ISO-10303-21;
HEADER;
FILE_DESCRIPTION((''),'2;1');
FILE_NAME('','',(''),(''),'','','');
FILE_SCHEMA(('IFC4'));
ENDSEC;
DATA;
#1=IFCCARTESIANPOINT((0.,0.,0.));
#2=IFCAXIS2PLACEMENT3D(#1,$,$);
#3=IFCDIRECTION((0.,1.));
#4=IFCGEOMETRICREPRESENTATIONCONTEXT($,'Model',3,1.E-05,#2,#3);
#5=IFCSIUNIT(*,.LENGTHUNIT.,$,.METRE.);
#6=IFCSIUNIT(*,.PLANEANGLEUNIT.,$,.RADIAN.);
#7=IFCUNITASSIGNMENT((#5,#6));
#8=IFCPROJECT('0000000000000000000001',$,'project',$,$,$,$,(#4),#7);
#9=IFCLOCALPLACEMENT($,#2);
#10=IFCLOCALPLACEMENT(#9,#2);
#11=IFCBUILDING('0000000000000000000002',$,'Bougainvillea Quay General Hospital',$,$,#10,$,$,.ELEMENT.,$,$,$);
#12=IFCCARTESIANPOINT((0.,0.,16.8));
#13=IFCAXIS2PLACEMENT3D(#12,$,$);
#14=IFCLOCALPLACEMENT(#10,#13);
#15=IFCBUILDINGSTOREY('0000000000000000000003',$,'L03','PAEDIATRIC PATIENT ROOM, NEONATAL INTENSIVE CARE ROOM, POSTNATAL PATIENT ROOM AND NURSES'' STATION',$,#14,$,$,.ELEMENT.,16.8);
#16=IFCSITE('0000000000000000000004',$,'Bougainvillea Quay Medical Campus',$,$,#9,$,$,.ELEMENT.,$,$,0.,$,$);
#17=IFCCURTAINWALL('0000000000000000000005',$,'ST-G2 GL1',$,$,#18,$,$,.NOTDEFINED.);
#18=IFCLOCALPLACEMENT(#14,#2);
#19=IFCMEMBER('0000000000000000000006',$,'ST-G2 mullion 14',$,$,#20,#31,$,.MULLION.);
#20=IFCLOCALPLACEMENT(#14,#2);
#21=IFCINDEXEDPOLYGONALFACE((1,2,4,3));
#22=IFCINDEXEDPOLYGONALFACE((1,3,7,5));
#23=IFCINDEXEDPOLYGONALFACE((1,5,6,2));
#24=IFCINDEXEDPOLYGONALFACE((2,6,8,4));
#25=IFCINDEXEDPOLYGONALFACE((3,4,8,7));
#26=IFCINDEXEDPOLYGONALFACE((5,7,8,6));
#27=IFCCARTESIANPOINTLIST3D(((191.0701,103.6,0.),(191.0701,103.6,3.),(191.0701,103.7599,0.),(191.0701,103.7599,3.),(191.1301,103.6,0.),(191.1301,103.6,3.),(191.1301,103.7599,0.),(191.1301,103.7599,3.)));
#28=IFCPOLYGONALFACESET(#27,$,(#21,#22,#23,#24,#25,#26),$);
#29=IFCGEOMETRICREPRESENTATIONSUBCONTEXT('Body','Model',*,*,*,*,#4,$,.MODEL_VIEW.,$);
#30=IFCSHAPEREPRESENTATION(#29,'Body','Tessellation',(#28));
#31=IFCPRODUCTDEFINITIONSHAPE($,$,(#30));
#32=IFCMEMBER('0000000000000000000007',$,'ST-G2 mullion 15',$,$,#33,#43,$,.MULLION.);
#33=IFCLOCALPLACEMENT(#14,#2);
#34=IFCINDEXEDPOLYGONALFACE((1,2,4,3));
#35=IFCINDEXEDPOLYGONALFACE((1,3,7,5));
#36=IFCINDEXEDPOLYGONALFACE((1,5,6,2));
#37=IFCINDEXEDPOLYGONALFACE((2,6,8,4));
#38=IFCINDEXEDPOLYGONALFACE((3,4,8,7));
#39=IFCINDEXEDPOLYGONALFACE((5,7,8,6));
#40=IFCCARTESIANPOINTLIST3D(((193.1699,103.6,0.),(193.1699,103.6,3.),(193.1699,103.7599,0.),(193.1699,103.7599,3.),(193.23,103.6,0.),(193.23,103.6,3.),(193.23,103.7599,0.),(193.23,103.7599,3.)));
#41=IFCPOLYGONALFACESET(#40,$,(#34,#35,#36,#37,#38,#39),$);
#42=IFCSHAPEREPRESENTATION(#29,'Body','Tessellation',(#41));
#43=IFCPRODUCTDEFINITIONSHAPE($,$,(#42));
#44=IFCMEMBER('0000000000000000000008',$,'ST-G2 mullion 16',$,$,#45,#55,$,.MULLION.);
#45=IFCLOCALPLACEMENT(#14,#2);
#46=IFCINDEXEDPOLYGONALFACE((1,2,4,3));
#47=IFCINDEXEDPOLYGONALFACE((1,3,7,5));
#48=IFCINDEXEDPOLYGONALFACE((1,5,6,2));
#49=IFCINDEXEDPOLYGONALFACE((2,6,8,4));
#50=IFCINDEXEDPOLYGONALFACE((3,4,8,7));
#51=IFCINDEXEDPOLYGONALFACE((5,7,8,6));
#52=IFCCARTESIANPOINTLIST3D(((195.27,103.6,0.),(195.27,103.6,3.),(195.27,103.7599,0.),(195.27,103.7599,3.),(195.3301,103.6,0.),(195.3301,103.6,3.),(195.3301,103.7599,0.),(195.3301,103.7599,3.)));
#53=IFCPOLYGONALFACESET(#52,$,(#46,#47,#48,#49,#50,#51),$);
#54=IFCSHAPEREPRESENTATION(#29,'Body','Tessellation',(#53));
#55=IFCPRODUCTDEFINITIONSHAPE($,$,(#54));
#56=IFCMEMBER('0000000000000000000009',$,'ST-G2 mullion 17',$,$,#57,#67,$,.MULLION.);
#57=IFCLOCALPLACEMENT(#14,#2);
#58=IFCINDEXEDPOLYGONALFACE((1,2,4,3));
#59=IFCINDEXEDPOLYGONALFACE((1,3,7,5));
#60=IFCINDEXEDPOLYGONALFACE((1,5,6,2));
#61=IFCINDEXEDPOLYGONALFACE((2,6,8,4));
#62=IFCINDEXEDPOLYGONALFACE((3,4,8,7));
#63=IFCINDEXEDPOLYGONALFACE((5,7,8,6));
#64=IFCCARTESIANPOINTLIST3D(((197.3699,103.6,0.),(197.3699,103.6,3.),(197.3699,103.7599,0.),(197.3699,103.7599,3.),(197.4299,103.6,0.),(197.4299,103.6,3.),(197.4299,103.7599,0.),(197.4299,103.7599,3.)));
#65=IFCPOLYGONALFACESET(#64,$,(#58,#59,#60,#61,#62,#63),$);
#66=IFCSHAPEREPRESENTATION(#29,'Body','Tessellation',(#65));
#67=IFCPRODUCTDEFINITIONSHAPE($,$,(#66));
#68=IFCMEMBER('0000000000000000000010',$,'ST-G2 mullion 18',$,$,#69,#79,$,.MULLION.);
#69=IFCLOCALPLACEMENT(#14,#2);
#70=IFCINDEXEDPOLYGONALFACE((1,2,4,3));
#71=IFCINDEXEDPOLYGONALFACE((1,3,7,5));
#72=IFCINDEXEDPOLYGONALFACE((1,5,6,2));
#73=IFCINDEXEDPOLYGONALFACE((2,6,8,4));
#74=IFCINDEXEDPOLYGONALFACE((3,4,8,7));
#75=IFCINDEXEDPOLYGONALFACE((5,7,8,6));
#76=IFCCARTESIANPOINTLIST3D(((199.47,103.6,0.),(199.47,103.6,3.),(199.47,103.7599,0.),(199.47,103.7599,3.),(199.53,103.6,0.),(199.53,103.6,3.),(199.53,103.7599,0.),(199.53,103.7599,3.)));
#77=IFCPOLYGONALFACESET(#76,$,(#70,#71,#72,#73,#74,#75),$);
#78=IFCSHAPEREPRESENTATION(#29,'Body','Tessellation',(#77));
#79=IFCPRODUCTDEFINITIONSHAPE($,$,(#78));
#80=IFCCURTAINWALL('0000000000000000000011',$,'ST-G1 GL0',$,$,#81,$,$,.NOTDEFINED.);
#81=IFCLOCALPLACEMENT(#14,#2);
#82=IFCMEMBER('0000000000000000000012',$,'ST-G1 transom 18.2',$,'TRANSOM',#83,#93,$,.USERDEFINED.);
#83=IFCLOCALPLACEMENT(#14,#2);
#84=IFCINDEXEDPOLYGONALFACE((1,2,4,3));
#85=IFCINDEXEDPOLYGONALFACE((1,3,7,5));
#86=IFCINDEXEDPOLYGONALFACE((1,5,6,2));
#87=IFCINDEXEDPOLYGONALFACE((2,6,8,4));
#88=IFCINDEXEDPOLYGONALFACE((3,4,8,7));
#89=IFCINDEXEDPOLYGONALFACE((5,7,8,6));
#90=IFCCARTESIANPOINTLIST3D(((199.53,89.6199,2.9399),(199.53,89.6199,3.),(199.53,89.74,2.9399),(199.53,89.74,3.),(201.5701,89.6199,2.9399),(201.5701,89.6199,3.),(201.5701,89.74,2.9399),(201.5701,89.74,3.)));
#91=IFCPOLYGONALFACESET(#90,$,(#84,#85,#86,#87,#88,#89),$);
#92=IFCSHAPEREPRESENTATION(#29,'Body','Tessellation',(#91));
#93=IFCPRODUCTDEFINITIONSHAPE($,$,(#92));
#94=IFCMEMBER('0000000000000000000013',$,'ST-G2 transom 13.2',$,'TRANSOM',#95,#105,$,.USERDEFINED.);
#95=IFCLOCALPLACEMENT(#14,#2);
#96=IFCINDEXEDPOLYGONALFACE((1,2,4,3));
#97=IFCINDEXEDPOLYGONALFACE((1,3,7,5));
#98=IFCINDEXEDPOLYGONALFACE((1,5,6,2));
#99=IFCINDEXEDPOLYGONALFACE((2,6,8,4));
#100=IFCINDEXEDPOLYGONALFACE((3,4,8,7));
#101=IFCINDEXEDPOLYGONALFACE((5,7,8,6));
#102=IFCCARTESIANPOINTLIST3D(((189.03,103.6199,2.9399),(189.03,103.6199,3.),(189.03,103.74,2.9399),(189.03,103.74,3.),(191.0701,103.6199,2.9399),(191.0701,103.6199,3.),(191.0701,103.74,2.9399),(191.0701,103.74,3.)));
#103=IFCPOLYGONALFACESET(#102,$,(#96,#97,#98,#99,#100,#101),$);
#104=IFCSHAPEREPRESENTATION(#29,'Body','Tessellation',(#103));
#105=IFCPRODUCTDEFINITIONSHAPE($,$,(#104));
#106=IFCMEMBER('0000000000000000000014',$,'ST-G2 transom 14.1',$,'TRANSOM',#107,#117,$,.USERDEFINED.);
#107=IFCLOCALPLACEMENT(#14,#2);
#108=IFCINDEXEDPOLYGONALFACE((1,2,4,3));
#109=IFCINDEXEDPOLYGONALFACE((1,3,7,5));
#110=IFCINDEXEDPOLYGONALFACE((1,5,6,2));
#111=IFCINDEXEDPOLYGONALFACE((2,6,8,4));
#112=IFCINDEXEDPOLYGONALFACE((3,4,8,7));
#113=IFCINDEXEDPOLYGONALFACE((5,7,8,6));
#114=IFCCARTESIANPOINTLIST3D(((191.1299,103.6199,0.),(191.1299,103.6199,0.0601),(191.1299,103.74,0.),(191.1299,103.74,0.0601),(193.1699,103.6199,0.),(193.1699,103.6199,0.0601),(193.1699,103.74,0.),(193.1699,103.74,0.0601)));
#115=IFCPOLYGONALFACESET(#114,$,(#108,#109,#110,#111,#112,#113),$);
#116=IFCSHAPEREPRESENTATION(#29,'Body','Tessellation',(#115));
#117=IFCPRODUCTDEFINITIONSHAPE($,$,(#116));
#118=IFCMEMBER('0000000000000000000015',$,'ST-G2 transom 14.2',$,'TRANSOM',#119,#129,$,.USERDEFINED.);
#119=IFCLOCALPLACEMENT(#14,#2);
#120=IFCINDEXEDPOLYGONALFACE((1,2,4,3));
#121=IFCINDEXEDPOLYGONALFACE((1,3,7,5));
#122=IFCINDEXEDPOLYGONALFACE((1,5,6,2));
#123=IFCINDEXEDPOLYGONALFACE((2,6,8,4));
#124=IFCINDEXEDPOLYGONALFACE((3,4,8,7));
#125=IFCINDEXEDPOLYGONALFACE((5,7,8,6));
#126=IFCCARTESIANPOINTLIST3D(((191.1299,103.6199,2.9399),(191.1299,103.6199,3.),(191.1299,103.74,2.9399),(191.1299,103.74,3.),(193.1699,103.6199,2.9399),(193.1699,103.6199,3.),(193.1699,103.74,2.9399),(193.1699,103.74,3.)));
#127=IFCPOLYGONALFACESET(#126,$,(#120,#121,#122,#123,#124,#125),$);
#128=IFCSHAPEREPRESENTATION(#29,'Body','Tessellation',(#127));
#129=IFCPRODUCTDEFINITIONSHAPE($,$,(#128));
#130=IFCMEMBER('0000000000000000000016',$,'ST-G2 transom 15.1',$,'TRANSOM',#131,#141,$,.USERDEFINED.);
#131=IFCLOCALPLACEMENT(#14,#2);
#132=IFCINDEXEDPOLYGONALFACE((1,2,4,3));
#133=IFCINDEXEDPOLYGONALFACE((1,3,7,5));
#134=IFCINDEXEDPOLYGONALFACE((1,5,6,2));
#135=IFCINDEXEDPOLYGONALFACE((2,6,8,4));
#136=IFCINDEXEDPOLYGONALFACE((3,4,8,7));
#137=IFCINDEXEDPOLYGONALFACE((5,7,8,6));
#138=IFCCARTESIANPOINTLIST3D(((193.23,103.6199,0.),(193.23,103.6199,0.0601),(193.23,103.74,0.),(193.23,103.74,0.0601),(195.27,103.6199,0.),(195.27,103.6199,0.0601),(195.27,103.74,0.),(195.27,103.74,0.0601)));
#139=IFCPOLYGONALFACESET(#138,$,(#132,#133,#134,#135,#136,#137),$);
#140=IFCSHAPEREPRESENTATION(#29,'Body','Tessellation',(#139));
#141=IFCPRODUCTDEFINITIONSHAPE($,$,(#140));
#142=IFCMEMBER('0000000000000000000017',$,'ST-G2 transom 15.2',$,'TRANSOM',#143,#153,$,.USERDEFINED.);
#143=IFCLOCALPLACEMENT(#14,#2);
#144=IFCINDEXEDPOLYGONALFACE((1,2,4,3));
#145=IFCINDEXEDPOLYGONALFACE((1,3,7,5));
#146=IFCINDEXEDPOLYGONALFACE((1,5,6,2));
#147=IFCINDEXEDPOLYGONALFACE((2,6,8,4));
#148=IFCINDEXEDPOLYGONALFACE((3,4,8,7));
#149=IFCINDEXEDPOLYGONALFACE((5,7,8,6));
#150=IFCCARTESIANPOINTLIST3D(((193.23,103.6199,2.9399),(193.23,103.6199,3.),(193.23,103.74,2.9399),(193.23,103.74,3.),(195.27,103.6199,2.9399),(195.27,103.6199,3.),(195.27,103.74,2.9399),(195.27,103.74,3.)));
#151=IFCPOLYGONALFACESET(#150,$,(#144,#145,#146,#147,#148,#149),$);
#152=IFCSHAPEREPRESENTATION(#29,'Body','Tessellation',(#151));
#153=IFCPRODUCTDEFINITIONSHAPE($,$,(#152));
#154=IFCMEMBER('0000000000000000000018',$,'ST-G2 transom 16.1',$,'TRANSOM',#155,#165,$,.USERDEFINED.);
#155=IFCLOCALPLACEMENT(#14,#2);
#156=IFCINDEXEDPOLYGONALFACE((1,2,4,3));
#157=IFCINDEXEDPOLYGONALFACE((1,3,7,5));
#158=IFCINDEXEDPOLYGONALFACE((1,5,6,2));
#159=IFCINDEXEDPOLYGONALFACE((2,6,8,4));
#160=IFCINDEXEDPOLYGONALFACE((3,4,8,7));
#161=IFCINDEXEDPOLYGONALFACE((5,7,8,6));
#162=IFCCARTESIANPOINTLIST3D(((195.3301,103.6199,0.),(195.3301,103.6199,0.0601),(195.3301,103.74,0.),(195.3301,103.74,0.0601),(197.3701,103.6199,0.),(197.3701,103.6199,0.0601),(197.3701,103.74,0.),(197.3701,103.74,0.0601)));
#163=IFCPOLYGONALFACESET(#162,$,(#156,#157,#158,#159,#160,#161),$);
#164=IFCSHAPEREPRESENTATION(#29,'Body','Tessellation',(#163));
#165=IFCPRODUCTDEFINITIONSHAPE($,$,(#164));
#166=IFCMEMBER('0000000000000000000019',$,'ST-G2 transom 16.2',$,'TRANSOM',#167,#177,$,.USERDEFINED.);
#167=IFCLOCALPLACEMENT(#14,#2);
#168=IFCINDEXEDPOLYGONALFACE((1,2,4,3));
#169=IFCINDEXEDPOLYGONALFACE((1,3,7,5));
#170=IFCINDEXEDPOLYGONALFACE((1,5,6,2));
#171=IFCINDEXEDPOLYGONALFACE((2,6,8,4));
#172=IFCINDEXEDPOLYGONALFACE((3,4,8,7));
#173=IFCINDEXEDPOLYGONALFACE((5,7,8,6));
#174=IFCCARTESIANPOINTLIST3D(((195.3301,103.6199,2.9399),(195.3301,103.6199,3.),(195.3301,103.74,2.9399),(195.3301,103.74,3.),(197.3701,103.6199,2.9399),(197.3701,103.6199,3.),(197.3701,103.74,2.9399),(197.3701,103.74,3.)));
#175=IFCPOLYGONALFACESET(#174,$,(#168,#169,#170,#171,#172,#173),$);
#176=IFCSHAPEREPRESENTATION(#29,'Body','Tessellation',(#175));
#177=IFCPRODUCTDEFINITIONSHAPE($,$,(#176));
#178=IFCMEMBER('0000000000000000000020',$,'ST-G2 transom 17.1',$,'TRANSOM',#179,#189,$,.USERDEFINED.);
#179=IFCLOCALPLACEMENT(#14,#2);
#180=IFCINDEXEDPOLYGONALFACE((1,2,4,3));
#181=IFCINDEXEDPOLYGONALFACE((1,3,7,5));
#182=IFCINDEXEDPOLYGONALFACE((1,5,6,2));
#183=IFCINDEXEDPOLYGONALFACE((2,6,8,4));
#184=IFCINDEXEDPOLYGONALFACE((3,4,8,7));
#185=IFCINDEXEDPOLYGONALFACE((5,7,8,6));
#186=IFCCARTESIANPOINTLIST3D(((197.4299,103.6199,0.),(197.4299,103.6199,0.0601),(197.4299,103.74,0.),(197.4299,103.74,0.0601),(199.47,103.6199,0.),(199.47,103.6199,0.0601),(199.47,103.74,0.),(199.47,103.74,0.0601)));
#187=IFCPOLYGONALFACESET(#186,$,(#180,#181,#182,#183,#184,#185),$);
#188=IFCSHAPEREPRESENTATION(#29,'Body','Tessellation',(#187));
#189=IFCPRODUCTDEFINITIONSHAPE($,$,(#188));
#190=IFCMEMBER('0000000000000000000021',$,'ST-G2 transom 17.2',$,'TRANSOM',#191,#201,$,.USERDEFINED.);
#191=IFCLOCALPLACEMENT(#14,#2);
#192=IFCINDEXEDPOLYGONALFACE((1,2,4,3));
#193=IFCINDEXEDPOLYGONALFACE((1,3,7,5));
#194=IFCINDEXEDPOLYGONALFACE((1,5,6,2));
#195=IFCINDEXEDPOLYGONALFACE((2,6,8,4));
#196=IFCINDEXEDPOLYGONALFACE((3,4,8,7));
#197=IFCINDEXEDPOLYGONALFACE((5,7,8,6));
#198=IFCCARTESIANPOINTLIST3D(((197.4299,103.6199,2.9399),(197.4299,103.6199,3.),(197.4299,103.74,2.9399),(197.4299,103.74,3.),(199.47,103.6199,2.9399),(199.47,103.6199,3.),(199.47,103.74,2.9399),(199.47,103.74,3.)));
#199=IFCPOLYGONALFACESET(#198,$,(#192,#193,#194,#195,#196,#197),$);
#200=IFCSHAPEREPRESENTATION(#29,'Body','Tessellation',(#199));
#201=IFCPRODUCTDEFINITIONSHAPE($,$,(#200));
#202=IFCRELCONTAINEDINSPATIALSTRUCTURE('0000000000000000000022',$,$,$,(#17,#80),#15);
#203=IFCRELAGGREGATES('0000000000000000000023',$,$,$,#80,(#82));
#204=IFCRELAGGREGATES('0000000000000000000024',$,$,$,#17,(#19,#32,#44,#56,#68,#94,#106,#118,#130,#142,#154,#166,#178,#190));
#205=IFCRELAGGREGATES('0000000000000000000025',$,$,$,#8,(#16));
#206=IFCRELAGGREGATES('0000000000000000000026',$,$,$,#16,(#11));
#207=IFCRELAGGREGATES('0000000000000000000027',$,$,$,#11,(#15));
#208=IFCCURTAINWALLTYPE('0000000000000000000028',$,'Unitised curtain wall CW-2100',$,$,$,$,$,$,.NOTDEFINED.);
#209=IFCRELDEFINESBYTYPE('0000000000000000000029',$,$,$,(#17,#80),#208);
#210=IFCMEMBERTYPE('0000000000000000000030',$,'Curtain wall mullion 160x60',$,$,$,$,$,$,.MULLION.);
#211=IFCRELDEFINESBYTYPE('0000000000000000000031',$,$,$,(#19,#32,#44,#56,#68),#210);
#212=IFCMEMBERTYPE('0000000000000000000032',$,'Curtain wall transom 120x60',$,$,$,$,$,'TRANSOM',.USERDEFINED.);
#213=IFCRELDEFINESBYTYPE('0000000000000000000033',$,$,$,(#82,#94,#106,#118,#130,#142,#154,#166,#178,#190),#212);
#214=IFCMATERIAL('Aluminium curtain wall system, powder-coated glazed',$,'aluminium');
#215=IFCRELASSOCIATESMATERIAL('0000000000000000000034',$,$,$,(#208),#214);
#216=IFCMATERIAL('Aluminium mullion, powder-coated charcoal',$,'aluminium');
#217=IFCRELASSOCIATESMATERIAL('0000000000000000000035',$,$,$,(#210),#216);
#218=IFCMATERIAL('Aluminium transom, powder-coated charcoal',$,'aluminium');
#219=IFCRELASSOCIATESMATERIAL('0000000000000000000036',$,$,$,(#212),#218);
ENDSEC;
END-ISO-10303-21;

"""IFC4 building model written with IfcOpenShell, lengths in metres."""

from ifc_helpers import new_model, si_unit, direction, frame, origin, origin_2d, place, context, subcontext, project, spatial, rectangle, extrude, material, material_profile, profile_set, type_object, element, aggregate, save


model = new_model("IFC4")

# Units and contexts
model_context = context("Model", 3, precision=1e-05, world=origin(), true_north=direction((0.0, 1.0)))
body_context = subcontext(model_context, "Body", "Model", "MODEL_VIEW")
ifc_project = project(units=[si_unit("LENGTHUNIT", "METRE"), si_unit("PLANEANGLEUNIT", "RADIAN")], contexts=[model_context])

# Site, building, storey
site_placement = place(None, origin())
site = spatial("IfcSite", under=ifc_project, at=site_placement, Name="Bougainvillea Quay Medical Campus", CompositionType="ELEMENT", RefElevation=0.0)
building_placement = place(site_placement, origin())
building = spatial("IfcBuilding", under=site, at=building_placement, Name="Bougainvillea Quay General Hospital", CompositionType="ELEMENT")
storey_placement = place(building_placement, frame((0.0, 0.0, 16.8)))
storey = spatial("IfcBuildingStorey", under=building, at=storey_placement, Name="L03", Description="PAEDIATRIC PATIENT ROOM, NEONATAL INTENSIVE CARE ROOM, POSTNATAL PATIENT ROOM AND NURSES' STATION", CompositionType="ELEMENT", Elevation=16.8)

# Curtain wall, members
ifc_material_1 = material(Name="Aluminium curtain wall system, powder-coated glazed", Category="aluminium")
curtain_wall_type = type_object("IfcCurtainWallType", Name="Unitised curtain wall CW-2100", PredefinedType="NOTDEFINED", material=ifc_material_1)
curtain_wall_1_placement = place(storey_placement, origin())
curtain_wall_1 = element("IfcCurtainWall", 1, at=curtain_wall_1_placement, inside=storey, type_object=curtain_wall_type, Name="ST-G2 GL1", PredefinedType="NOTDEFINED")
ifc_material_2 = material(Name="Aluminium mullion, powder-coated charcoal", Category="aluminium")
ifc_material_profile_1 = material_profile(ifc_material_2, rectangle(XDim=0.1599, YDim=0.0601, at=origin_2d()))
ifc_profile_set_1 = profile_set([ifc_material_profile_1], Name="Aluminium mullion, powder-coated charcoal")
member_type_1 = type_object("IfcMemberType", Name="Curtain wall mullion 160x60", PredefinedType="MULLION", material=ifc_profile_set_1)
member_1_placement = place(storey_placement, frame((191.1001, 103.6799, 0.0), z_axis=(0.0, 0.0, 1.0), x_axis=(0.0, 1.0, 0.0)))
member_1 = element("IfcMember", 2, at=member_1_placement, type_object=member_type_1, Name="ST-G2 mullion 14", PredefinedType="MULLION", context=body_context, shape_type="SweptSolid", body=[
    extrude(rectangle(XDim=0.1599, YDim=0.0601, at=origin_2d()), origin(), (0.0, 0.0, 1.0), 3.0),
])
member_2_placement = place(storey_placement, frame((193.2, 103.6799, 0.0), z_axis=(0.0, 0.0, 1.0), x_axis=(0.0, 1.0, 0.0)))
member_2 = element("IfcMember", 3, at=member_2_placement, type_object=member_type_1, Name="ST-G2 mullion 15", PredefinedType="MULLION", context=body_context, shape_type="SweptSolid", body=[
    extrude(rectangle(XDim=0.1599, YDim=0.0601, at=origin_2d()), origin(), (0.0, 0.0, 1.0), 3.0),
])
member_3_placement = place(storey_placement, frame((195.3, 103.6799, 0.0), z_axis=(0.0, 0.0, 1.0), x_axis=(0.0, 1.0, 0.0)))
member_3 = element("IfcMember", 4, at=member_3_placement, type_object=member_type_1, Name="ST-G2 mullion 16", PredefinedType="MULLION", context=body_context, shape_type="SweptSolid", body=[
    extrude(rectangle(XDim=0.1599, YDim=0.0601, at=origin_2d()), origin(), (0.0, 0.0, 1.0), 3.0),
])
member_4_placement = place(storey_placement, frame((197.3999, 103.6799, 0.0), z_axis=(0.0, 0.0, 1.0), x_axis=(0.0, 1.0, 0.0)))
member_4 = element("IfcMember", 5, at=member_4_placement, type_object=member_type_1, Name="ST-G2 mullion 17", PredefinedType="MULLION", context=body_context, shape_type="SweptSolid", body=[
    extrude(rectangle(XDim=0.1599, YDim=0.0601, at=origin_2d()), origin(), (0.0, 0.0, 1.0), 3.0),
])
member_5_placement = place(storey_placement, frame((199.5, 103.6799, 0.0), z_axis=(0.0, 0.0, 1.0), x_axis=(0.0, 1.0, 0.0)))
member_5 = element("IfcMember", 6, at=member_5_placement, type_object=member_type_1, Name="ST-G2 mullion 18", PredefinedType="MULLION", context=body_context, shape_type="SweptSolid", body=[
    extrude(rectangle(XDim=0.1599, YDim=0.0601, at=origin_2d()), origin(), (0.0, 0.0, 1.0), 3.0),
])

# Curtain wall, member
curtain_wall_2_placement = place(storey_placement, origin())
curtain_wall_2 = element("IfcCurtainWall", 7, at=curtain_wall_2_placement, inside=storey, type_object=curtain_wall_type, Name="ST-G1 GL0", PredefinedType="NOTDEFINED")
ifc_material_3 = material(Name="Aluminium transom, powder-coated charcoal", Category="aluminium")
ifc_material_profile_2 = material_profile(ifc_material_3, rectangle(XDim=0.1201, YDim=0.0601, at=origin_2d()))
ifc_profile_set_2 = profile_set([ifc_material_profile_2], Name="Aluminium transom, powder-coated charcoal")
member_type_2 = type_object("IfcMemberType", Name="Curtain wall transom 120x60", ElementType="TRANSOM", PredefinedType="USERDEFINED", material=ifc_profile_set_2)
member_6_placement = place(storey_placement, frame((199.53, 89.6799, 2.97), z_axis=(1.0, 0.0, 0.0), x_axis=(0.0, 1.0, 0.0)))
member_6 = element("IfcMember", 8, at=member_6_placement, type_object=member_type_2, Name="ST-G1 transom 18.2", ObjectType="TRANSOM", PredefinedType="USERDEFINED", context=body_context, shape_type="SweptSolid", body=[
    extrude(rectangle(XDim=0.1201, YDim=0.0601, at=origin_2d()), origin(), (0.0, 0.0, 1.0), 2.04),
])
aggregate(curtain_wall_2, [member_6])

# Members
member_7_placement = place(storey_placement, frame((189.03, 103.6799, 2.97), z_axis=(1.0, 0.0, 0.0), x_axis=(0.0, 1.0, 0.0)))
member_7 = element("IfcMember", 9, at=member_7_placement, type_object=member_type_2, Name="ST-G2 transom 13.2", ObjectType="TRANSOM", PredefinedType="USERDEFINED", context=body_context, shape_type="SweptSolid", body=[
    extrude(rectangle(XDim=0.1201, YDim=0.0601, at=origin_2d()), origin(), (0.0, 0.0, 1.0), 2.04),
])
member_8_placement = place(storey_placement, frame((191.1299, 103.6799, 0.03), z_axis=(1.0, 0.0, 0.0), x_axis=(0.0, 1.0, 0.0)))
member_8 = element("IfcMember", 10, at=member_8_placement, type_object=member_type_2, Name="ST-G2 transom 14.1", ObjectType="TRANSOM", PredefinedType="USERDEFINED", context=body_context, shape_type="SweptSolid", body=[
    extrude(rectangle(XDim=0.1201, YDim=0.0601, at=origin_2d()), origin(), (0.0, 0.0, 1.0), 2.04),
])
member_9_placement = place(storey_placement, frame((191.1299, 103.6799, 2.97), z_axis=(1.0, 0.0, 0.0), x_axis=(0.0, 1.0, 0.0)))
member_9 = element("IfcMember", 11, at=member_9_placement, type_object=member_type_2, Name="ST-G2 transom 14.2", ObjectType="TRANSOM", PredefinedType="USERDEFINED", context=body_context, shape_type="SweptSolid", body=[
    extrude(rectangle(XDim=0.1201, YDim=0.0601, at=origin_2d()), origin(), (0.0, 0.0, 1.0), 2.04),
])
member_10_placement = place(storey_placement, frame((193.23, 103.6799, 0.03), z_axis=(1.0, 0.0, 0.0), x_axis=(0.0, 1.0, 0.0)))
member_10 = element("IfcMember", 12, at=member_10_placement, type_object=member_type_2, Name="ST-G2 transom 15.1", ObjectType="TRANSOM", PredefinedType="USERDEFINED", context=body_context, shape_type="SweptSolid", body=[
    extrude(rectangle(XDim=0.1201, YDim=0.0601, at=origin_2d()), origin(), (0.0, 0.0, 1.0), 2.04),
])
member_11_placement = place(storey_placement, frame((193.23, 103.6799, 2.97), z_axis=(1.0, 0.0, 0.0), x_axis=(0.0, 1.0, 0.0)))
member_11 = element("IfcMember", 13, at=member_11_placement, type_object=member_type_2, Name="ST-G2 transom 15.2", ObjectType="TRANSOM", PredefinedType="USERDEFINED", context=body_context, shape_type="SweptSolid", body=[
    extrude(rectangle(XDim=0.1201, YDim=0.0601, at=origin_2d()), origin(), (0.0, 0.0, 1.0), 2.04),
])
member_12_placement = place(storey_placement, frame((195.3301, 103.6799, 0.03), z_axis=(1.0, 0.0, 0.0), x_axis=(0.0, 1.0, 0.0)))
member_12 = element("IfcMember", 14, at=member_12_placement, type_object=member_type_2, Name="ST-G2 transom 16.1", ObjectType="TRANSOM", PredefinedType="USERDEFINED", context=body_context, shape_type="SweptSolid", body=[
    extrude(rectangle(XDim=0.1201, YDim=0.0601, at=origin_2d()), origin(), (0.0, 0.0, 1.0), 2.04),
])
member_13_placement = place(storey_placement, frame((195.3301, 103.6799, 2.97), z_axis=(1.0, 0.0, 0.0), x_axis=(0.0, 1.0, 0.0)))
member_13 = element("IfcMember", 15, at=member_13_placement, type_object=member_type_2, Name="ST-G2 transom 16.2", ObjectType="TRANSOM", PredefinedType="USERDEFINED", context=body_context, shape_type="SweptSolid", body=[
    extrude(rectangle(XDim=0.1201, YDim=0.0601, at=origin_2d()), origin(), (0.0, 0.0, 1.0), 2.04),
])
member_14_placement = place(storey_placement, frame((197.4299, 103.6799, 0.03), z_axis=(1.0, 0.0, 0.0), x_axis=(0.0, 1.0, 0.0)))
member_14 = element("IfcMember", 16, at=member_14_placement, type_object=member_type_2, Name="ST-G2 transom 17.1", ObjectType="TRANSOM", PredefinedType="USERDEFINED", context=body_context, shape_type="SweptSolid", body=[
    extrude(rectangle(XDim=0.1201, YDim=0.0601, at=origin_2d()), origin(), (0.0, 0.0, 1.0), 2.04),
])
member_15_placement = place(storey_placement, frame((197.4299, 103.6799, 2.97), z_axis=(1.0, 0.0, 0.0), x_axis=(0.0, 1.0, 0.0)))
member_15 = element("IfcMember", 17, at=member_15_placement, type_object=member_type_2, Name="ST-G2 transom 17.2", ObjectType="TRANSOM", PredefinedType="USERDEFINED", context=body_context, shape_type="SweptSolid", body=[
    extrude(rectangle(XDim=0.1201, YDim=0.0601, at=origin_2d()), origin(), (0.0, 0.0, 1.0), 2.04),
])

aggregate(curtain_wall_1, [member_1, member_2, member_3, member_4, member_5, member_7, member_8, member_9, member_10, member_11, member_12, member_13, member_14, member_15])

save(model, "model.ifc")
